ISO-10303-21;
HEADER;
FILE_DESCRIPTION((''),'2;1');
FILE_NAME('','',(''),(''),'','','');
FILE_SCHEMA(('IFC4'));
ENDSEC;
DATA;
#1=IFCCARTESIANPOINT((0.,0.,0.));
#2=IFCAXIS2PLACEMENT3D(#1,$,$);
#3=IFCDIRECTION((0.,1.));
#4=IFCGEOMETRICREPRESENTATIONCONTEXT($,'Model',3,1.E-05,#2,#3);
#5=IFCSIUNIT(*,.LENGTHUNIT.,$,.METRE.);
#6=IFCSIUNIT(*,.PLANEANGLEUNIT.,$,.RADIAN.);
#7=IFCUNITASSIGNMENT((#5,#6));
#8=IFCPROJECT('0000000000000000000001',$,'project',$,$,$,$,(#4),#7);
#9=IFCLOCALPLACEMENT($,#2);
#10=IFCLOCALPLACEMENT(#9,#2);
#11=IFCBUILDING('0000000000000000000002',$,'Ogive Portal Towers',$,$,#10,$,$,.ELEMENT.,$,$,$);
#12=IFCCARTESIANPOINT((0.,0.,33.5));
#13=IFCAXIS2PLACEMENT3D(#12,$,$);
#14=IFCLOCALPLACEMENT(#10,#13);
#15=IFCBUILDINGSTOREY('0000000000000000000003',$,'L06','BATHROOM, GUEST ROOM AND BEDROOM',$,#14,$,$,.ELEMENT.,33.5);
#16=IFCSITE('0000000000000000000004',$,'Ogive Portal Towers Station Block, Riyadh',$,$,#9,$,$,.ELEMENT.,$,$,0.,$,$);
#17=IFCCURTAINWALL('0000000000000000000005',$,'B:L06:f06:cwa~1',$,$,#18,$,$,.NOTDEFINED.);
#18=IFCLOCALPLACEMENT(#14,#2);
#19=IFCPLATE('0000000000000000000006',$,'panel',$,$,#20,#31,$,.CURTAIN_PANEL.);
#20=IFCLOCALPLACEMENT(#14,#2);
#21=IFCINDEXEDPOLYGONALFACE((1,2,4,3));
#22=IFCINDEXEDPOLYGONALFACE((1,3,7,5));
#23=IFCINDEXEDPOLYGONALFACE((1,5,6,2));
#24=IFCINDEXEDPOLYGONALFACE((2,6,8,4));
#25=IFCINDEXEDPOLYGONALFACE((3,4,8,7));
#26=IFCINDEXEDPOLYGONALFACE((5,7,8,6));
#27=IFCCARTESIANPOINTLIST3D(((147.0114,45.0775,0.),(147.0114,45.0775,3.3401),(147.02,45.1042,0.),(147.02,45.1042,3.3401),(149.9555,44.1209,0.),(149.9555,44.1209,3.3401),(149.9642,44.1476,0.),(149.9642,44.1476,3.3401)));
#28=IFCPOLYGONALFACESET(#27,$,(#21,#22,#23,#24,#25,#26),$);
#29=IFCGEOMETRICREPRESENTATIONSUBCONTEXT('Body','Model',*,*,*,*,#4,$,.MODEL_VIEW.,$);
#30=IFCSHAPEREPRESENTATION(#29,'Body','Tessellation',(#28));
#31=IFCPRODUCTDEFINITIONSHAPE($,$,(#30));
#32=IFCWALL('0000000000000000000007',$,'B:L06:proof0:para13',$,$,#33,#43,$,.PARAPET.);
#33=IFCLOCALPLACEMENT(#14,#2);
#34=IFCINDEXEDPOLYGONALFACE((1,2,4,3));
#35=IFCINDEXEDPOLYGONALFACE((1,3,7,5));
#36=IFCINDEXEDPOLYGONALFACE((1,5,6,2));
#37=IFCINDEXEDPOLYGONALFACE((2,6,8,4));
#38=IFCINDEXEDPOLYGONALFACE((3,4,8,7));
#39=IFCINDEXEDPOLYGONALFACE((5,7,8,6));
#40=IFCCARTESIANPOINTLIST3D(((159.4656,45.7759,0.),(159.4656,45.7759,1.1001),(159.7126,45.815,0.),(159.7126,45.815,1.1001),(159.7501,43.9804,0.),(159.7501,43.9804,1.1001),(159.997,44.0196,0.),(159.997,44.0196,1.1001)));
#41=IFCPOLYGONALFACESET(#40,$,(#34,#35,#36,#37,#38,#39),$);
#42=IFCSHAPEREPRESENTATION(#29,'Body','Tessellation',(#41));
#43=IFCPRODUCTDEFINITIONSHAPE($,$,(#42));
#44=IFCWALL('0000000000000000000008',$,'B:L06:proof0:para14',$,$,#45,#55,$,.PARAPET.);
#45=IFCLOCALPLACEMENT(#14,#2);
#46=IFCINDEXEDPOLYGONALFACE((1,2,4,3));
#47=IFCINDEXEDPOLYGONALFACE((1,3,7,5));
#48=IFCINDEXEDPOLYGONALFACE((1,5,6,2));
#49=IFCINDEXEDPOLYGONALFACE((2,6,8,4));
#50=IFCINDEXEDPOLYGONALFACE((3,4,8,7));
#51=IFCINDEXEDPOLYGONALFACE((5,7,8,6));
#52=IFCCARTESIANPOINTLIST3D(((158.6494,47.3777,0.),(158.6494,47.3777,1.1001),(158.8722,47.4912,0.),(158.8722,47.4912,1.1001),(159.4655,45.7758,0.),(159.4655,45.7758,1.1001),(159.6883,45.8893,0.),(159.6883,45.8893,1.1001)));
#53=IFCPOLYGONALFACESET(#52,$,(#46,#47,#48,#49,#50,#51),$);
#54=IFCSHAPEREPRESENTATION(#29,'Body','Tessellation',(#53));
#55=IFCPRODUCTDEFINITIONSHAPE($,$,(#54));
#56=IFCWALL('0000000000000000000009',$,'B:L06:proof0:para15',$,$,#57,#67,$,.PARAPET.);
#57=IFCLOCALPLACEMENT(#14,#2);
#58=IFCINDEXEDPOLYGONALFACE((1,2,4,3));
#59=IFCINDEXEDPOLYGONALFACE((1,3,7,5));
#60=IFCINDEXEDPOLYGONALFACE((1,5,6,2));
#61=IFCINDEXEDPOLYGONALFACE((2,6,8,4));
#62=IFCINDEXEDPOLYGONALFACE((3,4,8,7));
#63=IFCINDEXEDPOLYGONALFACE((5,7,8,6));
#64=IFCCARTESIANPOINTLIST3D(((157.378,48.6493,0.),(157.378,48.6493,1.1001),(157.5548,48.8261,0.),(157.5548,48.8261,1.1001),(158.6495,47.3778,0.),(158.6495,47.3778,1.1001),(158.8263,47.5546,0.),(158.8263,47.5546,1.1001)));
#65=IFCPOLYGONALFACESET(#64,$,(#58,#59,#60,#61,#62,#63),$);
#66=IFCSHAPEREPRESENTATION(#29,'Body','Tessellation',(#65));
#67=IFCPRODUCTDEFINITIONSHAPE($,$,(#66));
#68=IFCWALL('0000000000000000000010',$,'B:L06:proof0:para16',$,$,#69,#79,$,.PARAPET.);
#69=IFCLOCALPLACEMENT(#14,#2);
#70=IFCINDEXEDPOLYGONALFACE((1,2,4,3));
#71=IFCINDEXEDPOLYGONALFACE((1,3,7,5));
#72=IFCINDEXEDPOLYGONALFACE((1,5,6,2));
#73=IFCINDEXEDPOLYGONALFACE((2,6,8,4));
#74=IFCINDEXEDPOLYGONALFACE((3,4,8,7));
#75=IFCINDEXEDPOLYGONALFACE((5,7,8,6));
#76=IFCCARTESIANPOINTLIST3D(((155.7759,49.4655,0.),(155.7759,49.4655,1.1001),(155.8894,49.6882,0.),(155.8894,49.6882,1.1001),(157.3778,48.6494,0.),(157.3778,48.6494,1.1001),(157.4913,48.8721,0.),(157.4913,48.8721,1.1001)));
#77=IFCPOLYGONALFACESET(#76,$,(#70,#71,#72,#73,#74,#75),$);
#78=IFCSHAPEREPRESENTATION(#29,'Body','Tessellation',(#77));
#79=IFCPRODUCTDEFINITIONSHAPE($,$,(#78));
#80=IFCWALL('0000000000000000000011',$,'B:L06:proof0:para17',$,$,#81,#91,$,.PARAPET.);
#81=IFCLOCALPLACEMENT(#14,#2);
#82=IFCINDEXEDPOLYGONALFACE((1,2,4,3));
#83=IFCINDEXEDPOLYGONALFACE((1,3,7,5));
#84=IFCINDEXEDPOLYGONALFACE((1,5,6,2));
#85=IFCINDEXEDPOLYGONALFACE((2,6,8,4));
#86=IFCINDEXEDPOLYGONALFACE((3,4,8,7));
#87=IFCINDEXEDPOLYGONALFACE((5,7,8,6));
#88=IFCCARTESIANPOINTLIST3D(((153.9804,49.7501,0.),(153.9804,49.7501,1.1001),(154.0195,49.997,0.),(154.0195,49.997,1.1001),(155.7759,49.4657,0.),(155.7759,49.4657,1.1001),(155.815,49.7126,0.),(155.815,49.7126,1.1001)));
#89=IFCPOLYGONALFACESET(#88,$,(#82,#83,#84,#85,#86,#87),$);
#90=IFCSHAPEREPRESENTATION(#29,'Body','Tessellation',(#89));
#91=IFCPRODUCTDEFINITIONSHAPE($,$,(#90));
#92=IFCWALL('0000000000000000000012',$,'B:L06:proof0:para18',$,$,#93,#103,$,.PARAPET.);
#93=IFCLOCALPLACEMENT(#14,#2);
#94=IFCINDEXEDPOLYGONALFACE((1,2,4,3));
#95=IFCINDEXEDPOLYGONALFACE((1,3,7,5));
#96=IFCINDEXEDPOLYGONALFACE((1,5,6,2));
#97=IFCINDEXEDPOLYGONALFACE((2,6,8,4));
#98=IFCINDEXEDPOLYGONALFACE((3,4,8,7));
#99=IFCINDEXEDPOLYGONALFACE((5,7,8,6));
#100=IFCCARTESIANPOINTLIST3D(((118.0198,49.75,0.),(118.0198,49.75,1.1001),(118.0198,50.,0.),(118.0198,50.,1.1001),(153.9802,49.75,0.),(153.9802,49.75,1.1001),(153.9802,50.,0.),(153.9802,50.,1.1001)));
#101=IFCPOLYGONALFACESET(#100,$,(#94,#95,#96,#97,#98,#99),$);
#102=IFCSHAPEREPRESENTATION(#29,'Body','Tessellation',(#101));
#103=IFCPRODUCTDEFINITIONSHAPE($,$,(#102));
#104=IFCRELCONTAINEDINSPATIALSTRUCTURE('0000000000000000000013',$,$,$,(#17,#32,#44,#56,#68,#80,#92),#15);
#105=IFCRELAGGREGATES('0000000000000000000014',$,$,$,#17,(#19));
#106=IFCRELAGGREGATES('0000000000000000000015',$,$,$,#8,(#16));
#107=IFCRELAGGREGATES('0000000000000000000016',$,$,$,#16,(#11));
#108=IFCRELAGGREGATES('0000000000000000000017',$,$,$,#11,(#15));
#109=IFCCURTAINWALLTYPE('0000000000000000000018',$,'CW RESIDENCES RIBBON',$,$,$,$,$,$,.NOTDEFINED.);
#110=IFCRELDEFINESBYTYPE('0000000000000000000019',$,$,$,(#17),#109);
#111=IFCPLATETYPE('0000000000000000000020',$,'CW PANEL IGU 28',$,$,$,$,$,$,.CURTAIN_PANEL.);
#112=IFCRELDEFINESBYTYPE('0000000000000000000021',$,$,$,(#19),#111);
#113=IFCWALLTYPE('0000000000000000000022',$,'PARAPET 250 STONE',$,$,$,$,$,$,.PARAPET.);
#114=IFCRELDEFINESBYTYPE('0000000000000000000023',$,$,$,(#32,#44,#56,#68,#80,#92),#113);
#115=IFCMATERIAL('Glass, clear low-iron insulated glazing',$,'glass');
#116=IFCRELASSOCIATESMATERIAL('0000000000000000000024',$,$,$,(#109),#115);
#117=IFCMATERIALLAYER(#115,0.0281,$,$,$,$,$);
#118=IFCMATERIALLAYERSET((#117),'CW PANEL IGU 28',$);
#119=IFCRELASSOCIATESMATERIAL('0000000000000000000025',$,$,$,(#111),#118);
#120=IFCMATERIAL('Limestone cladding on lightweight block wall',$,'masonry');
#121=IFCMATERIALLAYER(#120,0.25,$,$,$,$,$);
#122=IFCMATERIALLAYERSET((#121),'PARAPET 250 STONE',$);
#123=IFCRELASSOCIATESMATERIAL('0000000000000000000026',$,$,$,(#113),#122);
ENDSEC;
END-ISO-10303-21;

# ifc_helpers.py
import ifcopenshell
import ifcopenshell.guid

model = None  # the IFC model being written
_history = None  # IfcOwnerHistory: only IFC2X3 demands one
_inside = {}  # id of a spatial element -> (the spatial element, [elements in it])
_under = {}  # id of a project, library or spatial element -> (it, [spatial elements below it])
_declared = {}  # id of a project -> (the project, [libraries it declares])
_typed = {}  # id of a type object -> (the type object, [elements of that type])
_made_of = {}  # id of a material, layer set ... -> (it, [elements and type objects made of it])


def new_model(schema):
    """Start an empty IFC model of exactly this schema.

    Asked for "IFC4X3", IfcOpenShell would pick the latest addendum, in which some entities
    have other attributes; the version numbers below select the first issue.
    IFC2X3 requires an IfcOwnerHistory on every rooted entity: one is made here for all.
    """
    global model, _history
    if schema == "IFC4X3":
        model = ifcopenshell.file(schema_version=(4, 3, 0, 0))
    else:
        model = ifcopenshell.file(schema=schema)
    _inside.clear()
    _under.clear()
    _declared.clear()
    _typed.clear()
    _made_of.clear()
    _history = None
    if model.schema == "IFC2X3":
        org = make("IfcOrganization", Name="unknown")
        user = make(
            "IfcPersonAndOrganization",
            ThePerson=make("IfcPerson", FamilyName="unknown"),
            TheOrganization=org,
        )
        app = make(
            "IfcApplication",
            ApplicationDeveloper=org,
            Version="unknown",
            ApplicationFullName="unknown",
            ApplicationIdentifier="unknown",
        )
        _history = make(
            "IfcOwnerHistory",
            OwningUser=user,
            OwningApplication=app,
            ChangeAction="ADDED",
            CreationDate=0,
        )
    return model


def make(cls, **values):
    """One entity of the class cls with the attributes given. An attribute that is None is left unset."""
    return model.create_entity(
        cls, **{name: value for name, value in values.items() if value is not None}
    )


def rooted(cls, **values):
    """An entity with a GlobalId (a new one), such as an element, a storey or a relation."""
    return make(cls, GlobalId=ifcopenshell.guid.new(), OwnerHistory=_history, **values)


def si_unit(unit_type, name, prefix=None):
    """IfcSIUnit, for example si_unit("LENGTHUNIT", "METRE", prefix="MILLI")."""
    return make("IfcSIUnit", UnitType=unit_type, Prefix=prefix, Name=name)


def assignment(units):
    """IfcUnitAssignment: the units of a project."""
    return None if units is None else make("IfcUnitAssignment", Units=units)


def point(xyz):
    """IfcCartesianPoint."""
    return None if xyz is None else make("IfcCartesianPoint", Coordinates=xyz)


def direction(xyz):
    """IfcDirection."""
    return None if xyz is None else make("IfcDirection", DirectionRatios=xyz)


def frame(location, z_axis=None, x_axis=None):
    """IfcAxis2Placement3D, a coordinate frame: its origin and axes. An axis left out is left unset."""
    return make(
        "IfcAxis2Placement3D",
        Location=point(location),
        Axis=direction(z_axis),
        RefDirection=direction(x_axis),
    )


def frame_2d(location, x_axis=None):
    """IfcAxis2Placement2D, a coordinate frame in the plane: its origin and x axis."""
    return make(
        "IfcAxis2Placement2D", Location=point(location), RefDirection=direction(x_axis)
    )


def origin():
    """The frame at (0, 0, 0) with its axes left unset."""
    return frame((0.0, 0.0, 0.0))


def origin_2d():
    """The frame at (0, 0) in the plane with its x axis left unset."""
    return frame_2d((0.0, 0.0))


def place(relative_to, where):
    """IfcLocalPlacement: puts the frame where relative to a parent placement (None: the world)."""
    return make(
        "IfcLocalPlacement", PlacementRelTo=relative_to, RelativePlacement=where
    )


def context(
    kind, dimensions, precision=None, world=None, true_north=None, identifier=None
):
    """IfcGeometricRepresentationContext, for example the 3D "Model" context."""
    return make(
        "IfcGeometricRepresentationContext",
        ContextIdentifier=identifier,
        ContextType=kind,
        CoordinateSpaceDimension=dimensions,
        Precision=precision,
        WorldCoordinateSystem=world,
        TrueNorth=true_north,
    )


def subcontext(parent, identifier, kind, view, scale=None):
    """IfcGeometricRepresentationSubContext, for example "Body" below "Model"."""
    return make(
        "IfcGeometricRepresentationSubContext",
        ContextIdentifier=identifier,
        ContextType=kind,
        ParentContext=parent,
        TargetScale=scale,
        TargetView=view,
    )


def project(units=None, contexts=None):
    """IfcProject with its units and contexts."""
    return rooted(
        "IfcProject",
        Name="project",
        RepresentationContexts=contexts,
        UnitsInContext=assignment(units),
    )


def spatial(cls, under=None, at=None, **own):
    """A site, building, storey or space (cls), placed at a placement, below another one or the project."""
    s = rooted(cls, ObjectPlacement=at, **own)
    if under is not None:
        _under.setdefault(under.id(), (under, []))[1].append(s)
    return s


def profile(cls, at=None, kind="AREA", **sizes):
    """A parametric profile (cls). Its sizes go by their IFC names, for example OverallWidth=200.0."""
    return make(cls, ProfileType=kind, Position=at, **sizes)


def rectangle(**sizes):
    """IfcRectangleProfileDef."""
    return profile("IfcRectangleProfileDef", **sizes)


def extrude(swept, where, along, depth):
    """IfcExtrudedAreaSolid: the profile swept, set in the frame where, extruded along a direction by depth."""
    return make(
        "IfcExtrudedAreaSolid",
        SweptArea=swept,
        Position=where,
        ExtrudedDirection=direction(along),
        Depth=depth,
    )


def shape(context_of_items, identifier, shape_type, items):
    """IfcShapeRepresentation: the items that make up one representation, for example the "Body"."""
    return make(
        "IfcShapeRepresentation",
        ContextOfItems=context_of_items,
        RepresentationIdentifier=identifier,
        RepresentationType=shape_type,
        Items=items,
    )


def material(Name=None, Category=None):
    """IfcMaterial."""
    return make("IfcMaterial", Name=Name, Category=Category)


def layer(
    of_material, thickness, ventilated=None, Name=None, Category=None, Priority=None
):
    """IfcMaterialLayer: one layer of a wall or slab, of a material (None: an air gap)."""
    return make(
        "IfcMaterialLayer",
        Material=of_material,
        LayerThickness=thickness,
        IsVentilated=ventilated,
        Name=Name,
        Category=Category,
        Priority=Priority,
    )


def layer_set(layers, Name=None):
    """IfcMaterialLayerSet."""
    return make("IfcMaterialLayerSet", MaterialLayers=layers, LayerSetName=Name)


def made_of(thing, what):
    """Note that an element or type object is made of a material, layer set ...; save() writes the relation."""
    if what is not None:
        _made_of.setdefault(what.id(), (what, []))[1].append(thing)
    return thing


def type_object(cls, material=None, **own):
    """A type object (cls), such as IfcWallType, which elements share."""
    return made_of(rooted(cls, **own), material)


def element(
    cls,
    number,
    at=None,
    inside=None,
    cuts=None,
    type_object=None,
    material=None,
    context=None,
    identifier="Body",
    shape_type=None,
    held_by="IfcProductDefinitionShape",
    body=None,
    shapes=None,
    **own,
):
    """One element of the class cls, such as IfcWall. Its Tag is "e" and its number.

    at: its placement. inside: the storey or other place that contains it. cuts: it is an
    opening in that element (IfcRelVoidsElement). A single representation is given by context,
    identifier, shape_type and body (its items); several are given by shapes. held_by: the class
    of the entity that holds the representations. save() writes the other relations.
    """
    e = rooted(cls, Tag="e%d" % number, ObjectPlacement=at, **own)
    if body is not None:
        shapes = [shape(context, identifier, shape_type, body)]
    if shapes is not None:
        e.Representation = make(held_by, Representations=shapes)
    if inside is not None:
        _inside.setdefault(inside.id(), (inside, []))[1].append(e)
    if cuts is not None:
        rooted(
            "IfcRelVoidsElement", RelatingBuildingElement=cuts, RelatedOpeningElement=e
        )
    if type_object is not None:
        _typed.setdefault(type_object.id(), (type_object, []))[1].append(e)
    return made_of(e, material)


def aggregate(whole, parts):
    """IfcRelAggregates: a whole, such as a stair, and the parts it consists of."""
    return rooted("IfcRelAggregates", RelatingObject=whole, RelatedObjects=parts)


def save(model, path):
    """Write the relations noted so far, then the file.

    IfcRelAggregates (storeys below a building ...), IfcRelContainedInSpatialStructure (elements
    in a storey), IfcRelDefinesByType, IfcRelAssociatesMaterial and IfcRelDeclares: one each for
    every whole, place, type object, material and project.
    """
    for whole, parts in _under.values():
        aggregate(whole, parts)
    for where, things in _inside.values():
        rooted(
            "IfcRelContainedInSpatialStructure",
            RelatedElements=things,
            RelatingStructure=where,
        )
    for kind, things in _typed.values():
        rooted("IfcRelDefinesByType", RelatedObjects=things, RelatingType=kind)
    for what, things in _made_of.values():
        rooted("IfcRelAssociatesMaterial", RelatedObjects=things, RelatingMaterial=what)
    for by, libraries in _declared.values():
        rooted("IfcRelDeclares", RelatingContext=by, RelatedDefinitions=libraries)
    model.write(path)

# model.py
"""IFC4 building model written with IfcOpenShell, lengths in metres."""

from ifc_helpers import new_model, si_unit, direction, frame, frame_2d, origin, origin_2d, place, context, subcontext, project, spatial, rectangle, extrude, material, layer, layer_set, type_object, element, aggregate, save


model = new_model("IFC4")

# Units and contexts
model_context = context("Model", 3, precision=1e-05, world=origin(), true_north=direction((0.0, 1.0)))
body_context = subcontext(model_context, "Body", "Model", "MODEL_VIEW")
ifc_project = project(units=[si_unit("LENGTHUNIT", "METRE"), si_unit("PLANEANGLEUNIT", "RADIAN")], contexts=[model_context])

# Site, building, storey
site_placement = place(None, origin())
site = spatial("IfcSite", under=ifc_project, at=site_placement, Name="Ogive Portal Towers Station Block, Riyadh", CompositionType="ELEMENT", RefElevation=0.0)
building_placement = place(site_placement, origin())
building = spatial("IfcBuilding", under=site, at=building_placement, Name="Ogive Portal Towers", CompositionType="ELEMENT")
storey_placement = place(building_placement, frame((0.0, 0.0, 33.5)))
storey = spatial("IfcBuildingStorey", under=building, at=storey_placement, Name="L06", Description="BATHROOM, GUEST ROOM AND BEDROOM", CompositionType="ELEMENT", Elevation=33.5)

# Shared definitions
ifc_material_1 = material(Name="Glass, clear low-iron insulated glazing", Category="glass")
curtain_wall_type = type_object("IfcCurtainWallType", Name="CW RESIDENCES RIBBON", PredefinedType="NOTDEFINED", material=ifc_material_1)

# Curtain wall
curtain_wall_1_placement = place(storey_placement, origin())
curtain_wall_1 = element("IfcCurtainWall", 1, at=curtain_wall_1_placement, inside=storey, type_object=curtain_wall_type, Name="B:L06:f06:cwa~1", PredefinedType="NOTDEFINED")

# Plate
ifc_layer_1 = layer(ifc_material_1, 0.0281)
ifc_layer_set_1 = layer_set([ifc_layer_1], Name="CW PANEL IGU 28")
plate_type = type_object("IfcPlateType", Name="CW PANEL IGU 28", PredefinedType="CURTAIN_PANEL", material=ifc_layer_set_1)
plate_1_placement = place(storey_placement, frame((148.4878, 44.6125, 0.0), z_axis=(0.0, 0.0, 1.0), x_axis=(-0.951057, 0.309017, 0.0)))
plate_1 = element("IfcPlate", 2, at=plate_1_placement, type_object=plate_type, Name="panel", PredefinedType="CURTAIN_PANEL", context=body_context, shape_type="SweptSolid", body=[
    extrude(rectangle(XDim=3.0957, YDim=0.0281, at=origin_2d()), origin(), (0.0, 0.0, 1.0), 3.3401),
])
aggregate(curtain_wall_1, [plate_1])

# Walls
ifc_material_2 = material(Name="Limestone cladding on lightweight block wall", Category="masonry")
ifc_layer_2 = layer(ifc_material_2, 0.25)
ifc_layer_set_2 = layer_set([ifc_layer_2], Name="PARAPET 250 STONE")
wall_type = type_object("IfcWallType", Name="PARAPET 250 STONE", PredefinedType="PARAPET", material=ifc_layer_set_2)
wall_1_placement = place(storey_placement, frame((159.8735, 44.0, 0.0), z_axis=(0.0, 0.0, 1.0), x_axis=(-0.156466, 0.987683, 0.0)))
element("IfcWall", 3, at=wall_1_placement, inside=storey, type_object=wall_type, Name="B:L06:proof0:para13", PredefinedType="PARAPET", context=body_context, shape_type="SweptSolid", body=[
    extrude(rectangle(XDim=1.8179, YDim=0.25, at=frame_2d((0.9089, 0.0))), origin(), (0.0, 0.0, 1.0), 1.1001),
])
wall_2_placement = place(storey_placement, frame((159.5769, 45.8325, 0.0), z_axis=(0.0, 0.0, 1.0), x_axis=(-0.453936, 0.891034, 0.0)))
element("IfcWall", 4, at=wall_2_placement, inside=storey, type_object=wall_type, Name="B:L06:proof0:para14", PredefinedType="PARAPET", context=body_context, shape_type="SweptSolid", body=[
    extrude(rectangle(XDim=1.7979, YDim=0.25, at=frame_2d((0.8989, 0.0))), origin(), (0.0, 0.0, 1.0), 1.1001),
])
wall_3_placement = place(storey_placement, frame((158.7378, 47.4663, 0.0), z_axis=(0.0, 0.0, 1.0), x_axis=(-0.707107, 0.707107, 0.0)))
element("IfcWall", 5, at=wall_3_placement, inside=storey, type_object=wall_type, Name="B:L06:proof0:para15", PredefinedType="PARAPET", context=body_context, shape_type="SweptSolid", body=[
    extrude(rectangle(XDim=1.7981, YDim=0.25, at=frame_2d((0.8989, 0.0))), origin(), (0.0, 0.0, 1.0), 1.1001),
])
wall_4_placement = place(storey_placement, frame((157.4346, 48.7607, 0.0), z_axis=(0.0, 0.0, 1.0), x_axis=(-0.891034, 0.453936, 0.0)))
element("IfcWall", 6, at=wall_4_placement, inside=storey, type_object=wall_type, Name="B:L06:proof0:para16", PredefinedType="PARAPET", context=body_context, shape_type="SweptSolid", body=[
    extrude(rectangle(XDim=1.7979, YDim=0.25, at=frame_2d((0.8989, 0.0))), origin(), (0.0, 0.0, 1.0), 1.1001),
])
wall_5_placement = place(storey_placement, frame((155.7954, 49.5891, 0.0), z_axis=(0.0, 0.0, 1.0), x_axis=(-0.987683, 0.156466, 0.0)))
element("IfcWall", 7, at=wall_5_placement, inside=storey, type_object=wall_type, Name="B:L06:proof0:para17", PredefinedType="PARAPET", context=body_context, shape_type="SweptSolid", body=[
    extrude(rectangle(XDim=1.8179, YDim=0.25, at=frame_2d((0.9089, 0.0))), origin(), (0.0, 0.0, 1.0), 1.1001),
])
wall_6_placement = place(storey_placement, frame((153.9802, 49.875, 0.0), z_axis=(0.0, 0.0, 1.0), x_axis=(-1.0, 0.0, 0.0)))
element("IfcWall", 8, at=wall_6_placement, inside=storey, type_object=wall_type, Name="B:L06:proof0:para18", PredefinedType="PARAPET", context=body_context, shape_type="SweptSolid", body=[
    extrude(rectangle(XDim=35.9604, YDim=0.25, at=frame_2d((17.9802, 0.0))), origin(), (0.0, 0.0, 1.0), 1.1001),
])

save(model, "model.ifc")
